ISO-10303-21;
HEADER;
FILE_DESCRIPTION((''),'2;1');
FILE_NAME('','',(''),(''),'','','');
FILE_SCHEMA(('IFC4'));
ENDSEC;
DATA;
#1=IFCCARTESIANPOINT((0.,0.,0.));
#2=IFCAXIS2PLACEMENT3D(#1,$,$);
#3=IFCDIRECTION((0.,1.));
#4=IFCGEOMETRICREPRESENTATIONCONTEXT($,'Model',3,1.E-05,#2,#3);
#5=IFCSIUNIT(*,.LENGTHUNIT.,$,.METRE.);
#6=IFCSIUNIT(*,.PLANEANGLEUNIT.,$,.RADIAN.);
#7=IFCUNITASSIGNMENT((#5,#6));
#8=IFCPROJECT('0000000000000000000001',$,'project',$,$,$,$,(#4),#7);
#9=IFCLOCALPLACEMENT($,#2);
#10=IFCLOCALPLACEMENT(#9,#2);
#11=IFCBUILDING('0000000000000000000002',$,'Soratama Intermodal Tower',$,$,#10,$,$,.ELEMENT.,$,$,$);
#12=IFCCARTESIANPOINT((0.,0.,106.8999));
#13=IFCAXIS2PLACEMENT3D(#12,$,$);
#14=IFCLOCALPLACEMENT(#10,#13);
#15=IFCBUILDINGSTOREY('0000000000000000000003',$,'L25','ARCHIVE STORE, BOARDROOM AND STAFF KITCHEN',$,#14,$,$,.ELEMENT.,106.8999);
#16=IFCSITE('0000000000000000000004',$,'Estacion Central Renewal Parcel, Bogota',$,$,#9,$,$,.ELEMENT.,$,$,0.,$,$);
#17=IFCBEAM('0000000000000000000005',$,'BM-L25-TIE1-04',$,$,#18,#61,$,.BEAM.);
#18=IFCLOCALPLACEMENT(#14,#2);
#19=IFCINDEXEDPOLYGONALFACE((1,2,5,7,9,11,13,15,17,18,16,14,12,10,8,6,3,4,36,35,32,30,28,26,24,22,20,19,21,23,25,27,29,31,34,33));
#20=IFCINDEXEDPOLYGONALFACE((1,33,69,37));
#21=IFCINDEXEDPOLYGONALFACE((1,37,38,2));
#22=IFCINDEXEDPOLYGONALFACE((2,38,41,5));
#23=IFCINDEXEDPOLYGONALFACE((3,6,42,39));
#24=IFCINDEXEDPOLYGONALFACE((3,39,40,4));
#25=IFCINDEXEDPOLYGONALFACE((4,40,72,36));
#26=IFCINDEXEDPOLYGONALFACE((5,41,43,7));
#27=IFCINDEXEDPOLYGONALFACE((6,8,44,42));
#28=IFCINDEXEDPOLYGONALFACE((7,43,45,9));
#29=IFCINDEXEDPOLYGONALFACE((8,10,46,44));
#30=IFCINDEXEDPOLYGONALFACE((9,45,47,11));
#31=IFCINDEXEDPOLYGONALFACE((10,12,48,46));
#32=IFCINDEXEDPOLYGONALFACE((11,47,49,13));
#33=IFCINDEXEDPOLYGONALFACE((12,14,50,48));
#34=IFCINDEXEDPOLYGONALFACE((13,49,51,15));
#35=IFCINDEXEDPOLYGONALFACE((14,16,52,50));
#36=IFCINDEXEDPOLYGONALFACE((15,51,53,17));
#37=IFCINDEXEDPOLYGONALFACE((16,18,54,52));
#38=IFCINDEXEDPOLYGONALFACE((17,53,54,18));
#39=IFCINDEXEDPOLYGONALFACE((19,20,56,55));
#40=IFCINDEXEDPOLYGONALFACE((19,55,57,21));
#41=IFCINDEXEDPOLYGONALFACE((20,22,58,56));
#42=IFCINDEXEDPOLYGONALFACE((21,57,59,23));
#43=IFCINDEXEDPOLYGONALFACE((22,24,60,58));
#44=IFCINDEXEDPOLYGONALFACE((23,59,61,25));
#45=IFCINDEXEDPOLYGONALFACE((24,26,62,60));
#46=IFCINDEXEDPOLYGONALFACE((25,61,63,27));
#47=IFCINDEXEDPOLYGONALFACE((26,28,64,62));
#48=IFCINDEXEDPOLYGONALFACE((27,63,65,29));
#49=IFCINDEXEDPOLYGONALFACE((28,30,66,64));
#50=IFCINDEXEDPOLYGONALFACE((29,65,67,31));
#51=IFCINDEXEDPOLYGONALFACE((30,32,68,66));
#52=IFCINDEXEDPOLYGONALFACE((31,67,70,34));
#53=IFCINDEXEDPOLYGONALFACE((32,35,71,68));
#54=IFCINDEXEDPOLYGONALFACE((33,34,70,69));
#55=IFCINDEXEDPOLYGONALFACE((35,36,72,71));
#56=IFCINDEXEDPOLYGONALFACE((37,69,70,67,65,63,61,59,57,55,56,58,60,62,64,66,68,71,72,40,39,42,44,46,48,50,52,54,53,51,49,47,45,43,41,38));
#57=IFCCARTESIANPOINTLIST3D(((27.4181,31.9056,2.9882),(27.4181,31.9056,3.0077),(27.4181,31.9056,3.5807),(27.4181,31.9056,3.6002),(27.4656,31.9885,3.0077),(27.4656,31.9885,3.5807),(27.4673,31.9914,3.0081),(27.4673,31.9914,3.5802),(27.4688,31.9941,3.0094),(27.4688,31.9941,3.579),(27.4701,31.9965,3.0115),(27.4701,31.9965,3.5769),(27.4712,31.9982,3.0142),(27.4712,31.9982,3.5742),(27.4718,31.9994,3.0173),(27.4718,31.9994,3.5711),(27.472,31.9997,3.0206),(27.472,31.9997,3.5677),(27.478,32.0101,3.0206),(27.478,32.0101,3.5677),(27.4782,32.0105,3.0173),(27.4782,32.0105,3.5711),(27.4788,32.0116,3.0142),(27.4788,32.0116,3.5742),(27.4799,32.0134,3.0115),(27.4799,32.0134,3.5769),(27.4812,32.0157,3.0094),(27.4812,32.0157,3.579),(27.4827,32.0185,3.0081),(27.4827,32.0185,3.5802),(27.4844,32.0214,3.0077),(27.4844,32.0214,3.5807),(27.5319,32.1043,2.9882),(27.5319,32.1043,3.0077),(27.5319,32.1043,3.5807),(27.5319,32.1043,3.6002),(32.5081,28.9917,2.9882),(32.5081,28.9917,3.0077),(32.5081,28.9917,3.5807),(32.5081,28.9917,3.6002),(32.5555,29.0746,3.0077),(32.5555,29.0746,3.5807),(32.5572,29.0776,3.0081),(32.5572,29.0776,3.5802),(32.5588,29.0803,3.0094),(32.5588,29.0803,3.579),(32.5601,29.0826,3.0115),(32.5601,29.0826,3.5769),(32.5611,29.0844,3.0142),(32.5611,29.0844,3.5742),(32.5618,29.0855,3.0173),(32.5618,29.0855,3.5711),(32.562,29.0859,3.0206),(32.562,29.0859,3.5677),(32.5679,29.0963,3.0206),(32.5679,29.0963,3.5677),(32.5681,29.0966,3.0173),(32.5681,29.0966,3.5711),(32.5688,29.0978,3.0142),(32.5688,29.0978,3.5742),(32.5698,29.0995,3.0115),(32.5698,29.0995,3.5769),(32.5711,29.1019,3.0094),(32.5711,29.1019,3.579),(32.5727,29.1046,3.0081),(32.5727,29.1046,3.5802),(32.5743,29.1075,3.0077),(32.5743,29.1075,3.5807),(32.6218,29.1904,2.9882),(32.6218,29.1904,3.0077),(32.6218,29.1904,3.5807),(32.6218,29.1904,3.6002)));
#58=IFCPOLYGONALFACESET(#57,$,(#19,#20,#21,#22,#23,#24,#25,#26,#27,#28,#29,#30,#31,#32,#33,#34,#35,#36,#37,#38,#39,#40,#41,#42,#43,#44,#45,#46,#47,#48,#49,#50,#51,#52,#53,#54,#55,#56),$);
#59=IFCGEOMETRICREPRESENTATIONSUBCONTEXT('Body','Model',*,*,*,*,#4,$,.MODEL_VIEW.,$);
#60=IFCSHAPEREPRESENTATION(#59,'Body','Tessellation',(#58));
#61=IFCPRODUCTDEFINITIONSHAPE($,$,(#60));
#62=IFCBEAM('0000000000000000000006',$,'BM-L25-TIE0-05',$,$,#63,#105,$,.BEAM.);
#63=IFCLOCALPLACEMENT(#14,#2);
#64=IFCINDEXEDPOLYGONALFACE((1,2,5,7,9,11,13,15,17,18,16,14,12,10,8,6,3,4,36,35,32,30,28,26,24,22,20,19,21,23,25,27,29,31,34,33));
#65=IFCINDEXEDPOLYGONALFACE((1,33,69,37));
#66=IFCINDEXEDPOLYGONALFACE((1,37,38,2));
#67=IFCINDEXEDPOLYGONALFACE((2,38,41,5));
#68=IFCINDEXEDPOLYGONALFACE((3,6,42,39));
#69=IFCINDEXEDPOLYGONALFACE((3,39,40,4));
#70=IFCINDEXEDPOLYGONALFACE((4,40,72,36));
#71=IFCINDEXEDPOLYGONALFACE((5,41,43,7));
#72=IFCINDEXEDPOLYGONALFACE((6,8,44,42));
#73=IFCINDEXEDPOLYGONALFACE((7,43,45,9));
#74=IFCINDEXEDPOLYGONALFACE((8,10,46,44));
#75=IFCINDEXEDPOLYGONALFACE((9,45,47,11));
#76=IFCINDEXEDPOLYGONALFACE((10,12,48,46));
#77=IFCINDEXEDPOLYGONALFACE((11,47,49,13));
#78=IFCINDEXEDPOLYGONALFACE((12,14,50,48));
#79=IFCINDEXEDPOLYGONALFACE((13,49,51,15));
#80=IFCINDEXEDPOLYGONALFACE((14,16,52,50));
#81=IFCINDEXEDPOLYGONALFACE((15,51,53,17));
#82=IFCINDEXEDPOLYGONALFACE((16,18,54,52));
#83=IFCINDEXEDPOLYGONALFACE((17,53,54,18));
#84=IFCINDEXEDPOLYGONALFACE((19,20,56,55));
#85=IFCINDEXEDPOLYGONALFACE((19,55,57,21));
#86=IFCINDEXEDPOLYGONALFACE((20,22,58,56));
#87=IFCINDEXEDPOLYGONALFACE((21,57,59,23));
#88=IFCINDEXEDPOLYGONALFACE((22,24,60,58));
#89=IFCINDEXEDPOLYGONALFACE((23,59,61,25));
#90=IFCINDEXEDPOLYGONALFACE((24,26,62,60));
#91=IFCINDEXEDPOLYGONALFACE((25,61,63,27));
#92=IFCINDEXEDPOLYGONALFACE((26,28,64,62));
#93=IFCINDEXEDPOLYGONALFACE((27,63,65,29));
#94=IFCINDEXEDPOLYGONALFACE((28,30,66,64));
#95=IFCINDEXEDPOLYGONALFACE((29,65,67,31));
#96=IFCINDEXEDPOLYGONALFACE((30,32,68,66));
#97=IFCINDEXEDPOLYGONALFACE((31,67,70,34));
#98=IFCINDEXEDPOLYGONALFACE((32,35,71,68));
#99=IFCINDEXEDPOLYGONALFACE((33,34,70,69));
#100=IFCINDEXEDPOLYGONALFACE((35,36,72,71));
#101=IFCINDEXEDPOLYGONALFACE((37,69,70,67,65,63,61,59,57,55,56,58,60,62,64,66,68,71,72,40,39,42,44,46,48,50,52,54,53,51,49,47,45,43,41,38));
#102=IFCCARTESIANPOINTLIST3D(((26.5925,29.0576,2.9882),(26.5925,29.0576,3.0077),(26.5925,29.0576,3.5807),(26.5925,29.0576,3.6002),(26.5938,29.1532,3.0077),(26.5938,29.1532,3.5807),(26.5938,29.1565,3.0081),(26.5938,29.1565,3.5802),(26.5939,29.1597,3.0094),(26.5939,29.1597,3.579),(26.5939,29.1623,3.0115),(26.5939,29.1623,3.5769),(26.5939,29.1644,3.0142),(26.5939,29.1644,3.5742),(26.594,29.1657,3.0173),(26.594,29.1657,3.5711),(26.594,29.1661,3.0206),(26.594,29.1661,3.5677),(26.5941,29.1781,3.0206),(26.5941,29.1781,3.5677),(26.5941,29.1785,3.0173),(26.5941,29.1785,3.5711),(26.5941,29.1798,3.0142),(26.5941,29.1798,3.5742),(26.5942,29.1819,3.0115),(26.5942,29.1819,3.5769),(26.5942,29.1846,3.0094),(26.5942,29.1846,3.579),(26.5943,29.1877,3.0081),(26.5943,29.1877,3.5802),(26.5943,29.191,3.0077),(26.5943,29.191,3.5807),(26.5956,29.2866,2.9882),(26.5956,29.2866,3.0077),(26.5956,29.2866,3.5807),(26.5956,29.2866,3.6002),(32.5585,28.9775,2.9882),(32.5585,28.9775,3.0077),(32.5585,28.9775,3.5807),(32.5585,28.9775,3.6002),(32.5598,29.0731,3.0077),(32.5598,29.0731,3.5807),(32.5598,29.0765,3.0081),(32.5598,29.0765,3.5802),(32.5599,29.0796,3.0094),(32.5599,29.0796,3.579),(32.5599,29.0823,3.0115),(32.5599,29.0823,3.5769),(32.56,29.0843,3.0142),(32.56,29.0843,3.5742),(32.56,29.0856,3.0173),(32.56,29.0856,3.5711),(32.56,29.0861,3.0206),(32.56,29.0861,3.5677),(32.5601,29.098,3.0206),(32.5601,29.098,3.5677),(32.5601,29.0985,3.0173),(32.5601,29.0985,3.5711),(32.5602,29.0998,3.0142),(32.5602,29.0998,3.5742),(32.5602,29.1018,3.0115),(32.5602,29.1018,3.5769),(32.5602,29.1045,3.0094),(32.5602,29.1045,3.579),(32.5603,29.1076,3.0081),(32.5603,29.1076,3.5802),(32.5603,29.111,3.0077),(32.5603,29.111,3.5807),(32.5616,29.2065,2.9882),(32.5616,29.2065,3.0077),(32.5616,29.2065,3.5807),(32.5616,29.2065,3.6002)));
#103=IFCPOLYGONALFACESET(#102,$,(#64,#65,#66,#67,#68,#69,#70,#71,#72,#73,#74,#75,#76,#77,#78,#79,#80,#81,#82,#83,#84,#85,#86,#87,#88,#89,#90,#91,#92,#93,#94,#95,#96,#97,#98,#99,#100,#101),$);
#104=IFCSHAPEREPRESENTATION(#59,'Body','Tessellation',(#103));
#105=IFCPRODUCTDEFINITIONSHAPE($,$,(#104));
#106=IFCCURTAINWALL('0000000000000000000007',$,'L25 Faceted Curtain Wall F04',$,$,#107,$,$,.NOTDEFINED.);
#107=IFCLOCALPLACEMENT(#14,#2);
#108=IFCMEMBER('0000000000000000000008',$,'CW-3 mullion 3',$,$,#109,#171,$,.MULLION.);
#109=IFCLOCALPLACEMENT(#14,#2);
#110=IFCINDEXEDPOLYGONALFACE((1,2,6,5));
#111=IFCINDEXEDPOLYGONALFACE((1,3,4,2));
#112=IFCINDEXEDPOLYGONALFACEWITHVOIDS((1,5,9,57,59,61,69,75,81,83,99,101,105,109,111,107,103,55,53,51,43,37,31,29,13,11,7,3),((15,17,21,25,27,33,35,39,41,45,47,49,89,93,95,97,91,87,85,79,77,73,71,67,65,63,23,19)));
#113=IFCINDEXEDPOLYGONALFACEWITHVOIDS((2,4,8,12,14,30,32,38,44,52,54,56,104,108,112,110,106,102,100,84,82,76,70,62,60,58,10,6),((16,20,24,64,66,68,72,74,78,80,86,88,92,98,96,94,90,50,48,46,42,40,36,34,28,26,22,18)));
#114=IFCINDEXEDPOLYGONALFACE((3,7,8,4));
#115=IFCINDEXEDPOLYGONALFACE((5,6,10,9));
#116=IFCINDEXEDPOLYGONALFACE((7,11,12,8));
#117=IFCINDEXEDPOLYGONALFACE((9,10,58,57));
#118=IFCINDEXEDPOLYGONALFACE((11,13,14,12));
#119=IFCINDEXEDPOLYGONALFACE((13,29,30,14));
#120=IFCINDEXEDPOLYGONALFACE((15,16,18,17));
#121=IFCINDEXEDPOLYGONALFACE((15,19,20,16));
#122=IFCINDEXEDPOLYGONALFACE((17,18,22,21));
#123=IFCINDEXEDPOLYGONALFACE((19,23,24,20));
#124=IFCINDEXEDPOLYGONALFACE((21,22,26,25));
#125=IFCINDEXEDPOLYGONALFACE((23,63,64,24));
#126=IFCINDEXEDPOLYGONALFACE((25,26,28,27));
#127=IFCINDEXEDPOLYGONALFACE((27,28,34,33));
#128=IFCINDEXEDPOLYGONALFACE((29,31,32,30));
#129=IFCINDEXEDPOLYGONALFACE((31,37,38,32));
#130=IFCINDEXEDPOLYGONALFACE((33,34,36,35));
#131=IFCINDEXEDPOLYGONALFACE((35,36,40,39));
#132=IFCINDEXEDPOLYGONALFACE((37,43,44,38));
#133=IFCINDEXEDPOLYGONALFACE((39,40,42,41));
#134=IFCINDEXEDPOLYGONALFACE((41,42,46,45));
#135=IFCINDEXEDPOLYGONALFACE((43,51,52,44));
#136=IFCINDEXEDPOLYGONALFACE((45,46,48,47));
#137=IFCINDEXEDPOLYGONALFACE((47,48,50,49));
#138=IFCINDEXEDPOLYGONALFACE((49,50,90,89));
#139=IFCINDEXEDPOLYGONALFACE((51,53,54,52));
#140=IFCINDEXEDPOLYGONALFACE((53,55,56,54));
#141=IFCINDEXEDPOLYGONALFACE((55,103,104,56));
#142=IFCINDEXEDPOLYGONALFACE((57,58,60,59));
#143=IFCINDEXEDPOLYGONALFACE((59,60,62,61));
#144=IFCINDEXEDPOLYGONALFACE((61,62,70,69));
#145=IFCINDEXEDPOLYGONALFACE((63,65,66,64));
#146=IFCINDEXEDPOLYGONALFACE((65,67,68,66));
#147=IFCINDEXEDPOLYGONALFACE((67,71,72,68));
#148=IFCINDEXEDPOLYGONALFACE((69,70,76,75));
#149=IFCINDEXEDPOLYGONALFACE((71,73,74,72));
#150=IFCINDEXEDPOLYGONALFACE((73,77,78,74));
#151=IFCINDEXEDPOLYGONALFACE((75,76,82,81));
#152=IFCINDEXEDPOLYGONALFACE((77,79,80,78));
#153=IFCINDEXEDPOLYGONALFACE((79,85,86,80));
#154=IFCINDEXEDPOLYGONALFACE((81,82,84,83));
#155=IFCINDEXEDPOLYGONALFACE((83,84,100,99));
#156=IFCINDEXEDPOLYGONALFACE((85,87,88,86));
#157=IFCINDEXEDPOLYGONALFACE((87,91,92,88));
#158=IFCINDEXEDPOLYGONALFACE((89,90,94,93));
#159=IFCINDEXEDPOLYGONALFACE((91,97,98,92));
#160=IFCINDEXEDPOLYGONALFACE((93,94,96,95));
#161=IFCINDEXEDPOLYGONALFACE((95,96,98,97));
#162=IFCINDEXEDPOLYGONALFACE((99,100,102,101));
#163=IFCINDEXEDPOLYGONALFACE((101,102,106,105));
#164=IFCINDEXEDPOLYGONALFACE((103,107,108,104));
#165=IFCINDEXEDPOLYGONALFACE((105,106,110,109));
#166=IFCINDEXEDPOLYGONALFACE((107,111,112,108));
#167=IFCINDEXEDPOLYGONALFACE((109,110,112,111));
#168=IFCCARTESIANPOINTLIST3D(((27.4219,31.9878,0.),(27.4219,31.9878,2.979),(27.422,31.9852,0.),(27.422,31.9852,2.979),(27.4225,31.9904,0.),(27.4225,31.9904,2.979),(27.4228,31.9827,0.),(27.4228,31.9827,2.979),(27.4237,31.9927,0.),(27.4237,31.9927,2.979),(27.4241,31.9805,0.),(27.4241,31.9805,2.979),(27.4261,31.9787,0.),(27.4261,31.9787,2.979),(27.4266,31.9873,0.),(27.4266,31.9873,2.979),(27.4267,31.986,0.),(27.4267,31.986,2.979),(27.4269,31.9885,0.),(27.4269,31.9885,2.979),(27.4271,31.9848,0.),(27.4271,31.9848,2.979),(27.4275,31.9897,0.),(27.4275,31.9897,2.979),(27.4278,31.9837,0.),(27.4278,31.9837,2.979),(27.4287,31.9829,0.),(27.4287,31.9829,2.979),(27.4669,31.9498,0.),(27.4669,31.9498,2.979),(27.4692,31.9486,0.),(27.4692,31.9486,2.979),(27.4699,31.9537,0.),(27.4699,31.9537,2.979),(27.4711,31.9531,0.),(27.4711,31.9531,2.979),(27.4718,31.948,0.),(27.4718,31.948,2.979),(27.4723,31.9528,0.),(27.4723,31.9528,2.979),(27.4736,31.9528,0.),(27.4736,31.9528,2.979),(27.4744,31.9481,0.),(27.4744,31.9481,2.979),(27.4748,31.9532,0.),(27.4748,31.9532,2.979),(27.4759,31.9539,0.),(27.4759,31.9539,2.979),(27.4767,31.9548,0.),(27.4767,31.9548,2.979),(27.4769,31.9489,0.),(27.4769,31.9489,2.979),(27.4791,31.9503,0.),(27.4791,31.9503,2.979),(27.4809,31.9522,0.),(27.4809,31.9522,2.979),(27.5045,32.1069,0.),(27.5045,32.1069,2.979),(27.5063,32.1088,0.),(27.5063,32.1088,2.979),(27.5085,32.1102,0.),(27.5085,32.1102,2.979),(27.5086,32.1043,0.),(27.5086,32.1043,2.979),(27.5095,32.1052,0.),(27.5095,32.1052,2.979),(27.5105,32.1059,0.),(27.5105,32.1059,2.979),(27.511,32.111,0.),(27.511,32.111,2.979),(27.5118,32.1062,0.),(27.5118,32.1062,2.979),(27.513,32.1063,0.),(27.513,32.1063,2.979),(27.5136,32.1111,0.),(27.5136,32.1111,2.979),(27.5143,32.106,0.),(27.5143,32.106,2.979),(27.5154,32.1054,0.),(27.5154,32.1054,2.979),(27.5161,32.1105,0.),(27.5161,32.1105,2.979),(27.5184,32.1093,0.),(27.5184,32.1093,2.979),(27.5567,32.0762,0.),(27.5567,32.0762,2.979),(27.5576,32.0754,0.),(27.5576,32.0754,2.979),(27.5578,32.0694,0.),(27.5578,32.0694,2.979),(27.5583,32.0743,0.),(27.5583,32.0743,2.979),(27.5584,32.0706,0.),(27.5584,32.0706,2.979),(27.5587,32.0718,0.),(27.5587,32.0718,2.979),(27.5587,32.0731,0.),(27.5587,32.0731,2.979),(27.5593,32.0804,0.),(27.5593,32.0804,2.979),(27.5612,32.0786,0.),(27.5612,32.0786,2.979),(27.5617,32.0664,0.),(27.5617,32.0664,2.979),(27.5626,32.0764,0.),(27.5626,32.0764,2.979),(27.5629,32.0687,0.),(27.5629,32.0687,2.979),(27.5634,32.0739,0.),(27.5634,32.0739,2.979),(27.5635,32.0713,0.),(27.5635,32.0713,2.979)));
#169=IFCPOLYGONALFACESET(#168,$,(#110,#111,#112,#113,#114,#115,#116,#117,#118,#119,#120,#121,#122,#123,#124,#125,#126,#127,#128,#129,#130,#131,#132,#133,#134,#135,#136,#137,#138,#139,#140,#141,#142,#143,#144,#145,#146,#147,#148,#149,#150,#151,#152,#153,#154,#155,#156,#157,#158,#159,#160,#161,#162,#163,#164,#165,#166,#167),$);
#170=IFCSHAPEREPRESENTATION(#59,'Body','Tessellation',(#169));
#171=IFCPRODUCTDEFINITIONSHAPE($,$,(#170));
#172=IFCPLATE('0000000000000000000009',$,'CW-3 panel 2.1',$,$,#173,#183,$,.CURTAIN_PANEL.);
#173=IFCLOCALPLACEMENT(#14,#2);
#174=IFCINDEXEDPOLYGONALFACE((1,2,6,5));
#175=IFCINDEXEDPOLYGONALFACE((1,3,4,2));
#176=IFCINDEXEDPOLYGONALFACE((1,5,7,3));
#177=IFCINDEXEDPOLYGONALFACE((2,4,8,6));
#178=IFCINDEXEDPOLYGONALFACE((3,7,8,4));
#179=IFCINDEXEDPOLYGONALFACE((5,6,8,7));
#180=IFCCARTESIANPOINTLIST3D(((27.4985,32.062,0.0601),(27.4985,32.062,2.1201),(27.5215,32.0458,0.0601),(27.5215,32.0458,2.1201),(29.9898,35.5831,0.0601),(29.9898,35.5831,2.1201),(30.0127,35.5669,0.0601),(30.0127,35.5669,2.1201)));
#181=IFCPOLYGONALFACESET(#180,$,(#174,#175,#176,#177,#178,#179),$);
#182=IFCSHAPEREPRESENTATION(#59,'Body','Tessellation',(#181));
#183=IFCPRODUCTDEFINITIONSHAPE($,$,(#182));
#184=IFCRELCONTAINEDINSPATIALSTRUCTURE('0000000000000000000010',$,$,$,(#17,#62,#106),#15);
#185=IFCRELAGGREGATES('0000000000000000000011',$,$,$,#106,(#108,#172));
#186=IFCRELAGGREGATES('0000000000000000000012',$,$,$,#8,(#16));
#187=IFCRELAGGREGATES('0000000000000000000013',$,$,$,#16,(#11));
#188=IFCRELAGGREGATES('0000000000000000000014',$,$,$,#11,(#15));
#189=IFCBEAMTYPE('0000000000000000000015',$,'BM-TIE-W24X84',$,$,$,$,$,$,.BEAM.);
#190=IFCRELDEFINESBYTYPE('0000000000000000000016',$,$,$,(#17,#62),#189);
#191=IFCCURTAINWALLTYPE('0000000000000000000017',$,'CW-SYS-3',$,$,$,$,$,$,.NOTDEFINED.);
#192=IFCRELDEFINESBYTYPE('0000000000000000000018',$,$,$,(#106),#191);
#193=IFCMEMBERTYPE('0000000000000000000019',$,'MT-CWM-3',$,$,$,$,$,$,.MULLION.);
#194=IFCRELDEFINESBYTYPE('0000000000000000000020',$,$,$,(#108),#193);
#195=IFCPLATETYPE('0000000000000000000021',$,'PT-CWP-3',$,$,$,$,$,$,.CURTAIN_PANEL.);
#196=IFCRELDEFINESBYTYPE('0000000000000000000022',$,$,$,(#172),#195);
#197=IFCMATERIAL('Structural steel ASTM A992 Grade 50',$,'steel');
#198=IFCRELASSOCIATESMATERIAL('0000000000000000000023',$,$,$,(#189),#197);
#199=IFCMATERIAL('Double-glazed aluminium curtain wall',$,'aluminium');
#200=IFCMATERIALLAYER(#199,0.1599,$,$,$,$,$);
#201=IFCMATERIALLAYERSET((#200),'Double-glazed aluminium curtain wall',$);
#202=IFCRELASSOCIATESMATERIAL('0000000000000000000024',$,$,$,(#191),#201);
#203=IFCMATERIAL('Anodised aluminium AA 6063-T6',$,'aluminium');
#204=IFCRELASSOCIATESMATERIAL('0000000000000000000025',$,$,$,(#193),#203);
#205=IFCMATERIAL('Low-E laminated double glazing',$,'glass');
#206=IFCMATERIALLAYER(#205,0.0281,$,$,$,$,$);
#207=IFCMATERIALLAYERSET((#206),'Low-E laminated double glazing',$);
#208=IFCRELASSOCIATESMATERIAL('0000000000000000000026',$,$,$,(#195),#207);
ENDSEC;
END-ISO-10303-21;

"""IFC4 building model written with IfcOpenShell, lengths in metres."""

from ifc_helpers import new_model, si_unit, direction, frame, origin, origin_2d, place, context, subcontext, project, spatial, rectangle, hollow_rectangle, i_section, extrude, material, layer, layer_set, material_profile, profile_set, type_object, element, aggregate, save


model = new_model("IFC4")

# Units and contexts
model_context = context("Model", 3, precision=1e-05, world=origin(), true_north=direction((0.0, 1.0)))
body_context = subcontext(model_context, "Body", "Model", "MODEL_VIEW")
ifc_project = project(units=[si_unit("LENGTHUNIT", "METRE"), si_unit("PLANEANGLEUNIT", "RADIAN")], contexts=[model_context])

# Site, building, storey
site_placement = place(None, origin())
site = spatial("IfcSite", under=ifc_project, at=site_placement, Name="Estacion Central Renewal Parcel, Bogota", CompositionType="ELEMENT", RefElevation=0.0)
building_placement = place(site_placement, origin())
building = spatial("IfcBuilding", under=site, at=building_placement, Name="Soratama Intermodal Tower", CompositionType="ELEMENT")
storey_placement = place(building_placement, frame((0.0, 0.0, 106.8999)))
storey = spatial("IfcBuildingStorey", under=building, at=storey_placement, Name="L25", Description="ARCHIVE STORE, BOARDROOM AND STAFF KITCHEN", CompositionType="ELEMENT", Elevation=106.8999)

# Beams
ifc_material_1 = material(Name="Structural steel ASTM A992 Grade 50", Category="steel")
ifc_material_profile_1 = material_profile(ifc_material_1, i_section(OverallWidth=0.229, OverallDepth=0.6121, WebThickness=0.012, FlangeThickness=0.0195, FilletRadius=0.0129, at=origin_2d()), Name="W24X84")
ifc_profile_set_1 = profile_set([ifc_material_profile_1], Name="Structural steel ASTM A992 Grade 50")
beam_type_1 = type_object("IfcBeamType", Name="BM-TIE-W24X84", PredefinedType="BEAM", material=ifc_profile_set_1)
beam_1_placement = place(storey_placement, frame((32.5649, 29.0911, 3.2942), z_axis=(-0.867851, 0.496825, 0.0), x_axis=(-0.496825, -0.867851, 0.0)))
element("IfcBeam", 1, at=beam_1_placement, inside=storey, type_object=beam_type_1, Name="BM-L25-TIE1-04", PredefinedType="BEAM", context=body_context, shape_type="SweptSolid", body=[
    extrude(i_section(OverallWidth=0.229, OverallDepth=0.6121, WebThickness=0.012, FlangeThickness=0.0195, FilletRadius=0.0129, at=origin_2d()), origin(), (0.0, 0.0, 1.0), 5.865),
])
beam_2_placement = place(storey_placement, frame((32.5601, 29.092, 3.2942), z_axis=(-0.99991, 0.013421, 0.0), x_axis=(-0.013421, -0.99991, 0.0)))
element("IfcBeam", 2, at=beam_2_placement, inside=storey, type_object=beam_type_1, Name="BM-L25-TIE0-05", PredefinedType="BEAM", context=body_context, shape_type="SweptSolid", body=[
    extrude(i_section(OverallWidth=0.229, OverallDepth=0.6121, WebThickness=0.012, FlangeThickness=0.0195, FilletRadius=0.0129, at=origin_2d()), origin(), (0.0, 0.0, 1.0), 5.9666),
])

# Curtain wall, member, plate
ifc_material_2 = material(Name="Double-glazed aluminium curtain wall", Category="aluminium")
ifc_layer_1 = layer(ifc_material_2, 0.1599)
ifc_layer_set_1 = layer_set([ifc_layer_1], Name="Double-glazed aluminium curtain wall")
curtain_wall_type = type_object("IfcCurtainWallType", Name="CW-SYS-3", PredefinedType="NOTDEFINED", material=ifc_layer_set_1)
curtain_wall_placement = place(storey_placement, origin())
curtain_wall = element("IfcCurtainWall", 3, at=curtain_wall_placement, inside=storey, type_object=curtain_wall_type, Name="L25 Faceted Curtain Wall F04", PredefinedType="NOTDEFINED")
ifc_material_3 = material(Name="Anodised aluminium AA 6063-T6", Category="aluminium")
ifc_material_profile_2 = material_profile(ifc_material_3, hollow_rectangle(XDim=0.0701, YDim=0.1599, WallThickness=0.0049, InnerFilletRadius=0.0049, OuterFilletRadius=0.01, at=origin_2d()), Name="CWM160X70X5")
ifc_profile_set_2 = profile_set([ifc_material_profile_2], Name="Anodised aluminium AA 6063-T6")
member_type = type_object("IfcMemberType", Name="MT-CWM-3", PredefinedType="MULLION", material=ifc_profile_set_2)
member_placement = place(storey_placement, frame((27.4927, 32.0295, 0.0), z_axis=(0.0, 0.0, 1.0), x_axis=(0.816334, -0.57758, 0.0)))
member = element("IfcMember", 4, at=member_placement, type_object=member_type, Name="CW-3 mullion 3", PredefinedType="MULLION", context=body_context, shape_type="SweptSolid", body=[
    extrude(hollow_rectangle(XDim=0.0701, YDim=0.1599, WallThickness=0.0049, InnerFilletRadius=0.0049, OuterFilletRadius=0.01, at=origin_2d()), origin(), (0.0, 0.0, 1.0), 2.979),
])
ifc_material_4 = material(Name="Low-E laminated double glazing", Category="glass")
ifc_layer_2 = layer(ifc_material_4, 0.0281)
ifc_layer_set_2 = layer_set([ifc_layer_2], Name="Low-E laminated double glazing")
plate_type = type_object("IfcPlateType", Name="PT-CWP-3", PredefinedType="CURTAIN_PANEL", material=ifc_layer_set_2)
plate_placement = place(storey_placement, frame((28.7556, 33.8145, 0.0601), z_axis=(0.0, 0.0, 1.0), x_axis=(-0.57758, -0.816334, 0.0)))
plate = element("IfcPlate", 5, at=plate_placement, type_object=plate_type, Name="CW-3 panel 2.1", PredefinedType="CURTAIN_PANEL", context=body_context, shape_type="SweptSolid", body=[
    extrude(rectangle(XDim=4.3132, YDim=0.0281, at=origin_2d()), origin(), (0.0, 0.0, 1.0), 2.0601),
])
aggregate(curtain_wall, [member, plate])

save(model, "model.ifc")
